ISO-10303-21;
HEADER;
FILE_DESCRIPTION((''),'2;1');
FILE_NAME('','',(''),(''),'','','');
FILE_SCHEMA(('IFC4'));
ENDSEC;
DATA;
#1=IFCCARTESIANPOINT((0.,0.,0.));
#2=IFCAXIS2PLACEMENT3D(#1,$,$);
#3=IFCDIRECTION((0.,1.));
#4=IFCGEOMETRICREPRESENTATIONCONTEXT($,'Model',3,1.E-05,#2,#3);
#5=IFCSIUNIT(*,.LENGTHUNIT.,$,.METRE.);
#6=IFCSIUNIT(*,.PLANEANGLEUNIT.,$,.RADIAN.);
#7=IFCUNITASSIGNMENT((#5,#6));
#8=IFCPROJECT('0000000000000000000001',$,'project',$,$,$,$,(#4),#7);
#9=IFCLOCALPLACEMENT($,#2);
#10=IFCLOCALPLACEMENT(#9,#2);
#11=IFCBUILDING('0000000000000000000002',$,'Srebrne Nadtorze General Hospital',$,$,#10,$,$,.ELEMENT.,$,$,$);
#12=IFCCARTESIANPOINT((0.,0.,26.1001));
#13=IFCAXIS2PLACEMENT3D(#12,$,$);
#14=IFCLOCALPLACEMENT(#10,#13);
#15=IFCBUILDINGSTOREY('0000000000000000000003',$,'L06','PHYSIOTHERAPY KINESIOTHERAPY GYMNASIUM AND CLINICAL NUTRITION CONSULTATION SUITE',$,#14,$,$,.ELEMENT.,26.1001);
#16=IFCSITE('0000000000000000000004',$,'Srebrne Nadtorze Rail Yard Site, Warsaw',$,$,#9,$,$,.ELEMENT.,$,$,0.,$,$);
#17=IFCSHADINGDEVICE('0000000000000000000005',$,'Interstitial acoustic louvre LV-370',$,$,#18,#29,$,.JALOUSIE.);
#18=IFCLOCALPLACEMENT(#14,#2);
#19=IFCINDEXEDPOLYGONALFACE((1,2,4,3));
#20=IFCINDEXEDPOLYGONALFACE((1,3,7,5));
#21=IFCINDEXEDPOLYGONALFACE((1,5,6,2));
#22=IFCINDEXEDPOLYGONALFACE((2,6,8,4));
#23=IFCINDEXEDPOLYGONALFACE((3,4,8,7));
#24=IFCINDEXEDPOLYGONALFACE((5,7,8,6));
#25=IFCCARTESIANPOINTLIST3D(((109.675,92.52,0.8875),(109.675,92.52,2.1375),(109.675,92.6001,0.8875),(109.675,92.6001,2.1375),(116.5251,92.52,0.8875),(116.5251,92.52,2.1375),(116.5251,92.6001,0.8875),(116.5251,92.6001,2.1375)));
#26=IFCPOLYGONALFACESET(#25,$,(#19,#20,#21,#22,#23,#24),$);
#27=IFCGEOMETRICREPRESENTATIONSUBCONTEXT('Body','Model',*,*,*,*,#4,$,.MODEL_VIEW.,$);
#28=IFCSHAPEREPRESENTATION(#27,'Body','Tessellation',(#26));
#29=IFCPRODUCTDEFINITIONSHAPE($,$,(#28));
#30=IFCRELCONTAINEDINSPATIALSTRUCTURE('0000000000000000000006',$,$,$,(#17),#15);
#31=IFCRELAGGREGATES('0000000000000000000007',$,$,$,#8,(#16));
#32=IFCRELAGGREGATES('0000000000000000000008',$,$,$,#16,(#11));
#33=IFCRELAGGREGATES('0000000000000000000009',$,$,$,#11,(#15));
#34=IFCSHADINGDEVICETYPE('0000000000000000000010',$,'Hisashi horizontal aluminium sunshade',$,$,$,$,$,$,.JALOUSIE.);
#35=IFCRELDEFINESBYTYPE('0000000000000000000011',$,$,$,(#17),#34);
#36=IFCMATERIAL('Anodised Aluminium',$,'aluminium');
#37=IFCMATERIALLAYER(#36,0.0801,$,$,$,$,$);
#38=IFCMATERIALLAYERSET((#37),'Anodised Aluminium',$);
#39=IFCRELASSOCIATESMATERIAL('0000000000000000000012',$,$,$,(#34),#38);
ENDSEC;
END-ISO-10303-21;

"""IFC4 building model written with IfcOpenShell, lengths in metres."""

from ifc_helpers import new_model, si_unit, direction, frame, origin, origin_2d, place, context, subcontext, project, spatial, rectangle, extrude, material, layer, layer_set, type_object, element, save


model = new_model("IFC4")

# Units and contexts
model_context = context("Model", 3, precision=1e-05, world=origin(), true_north=direction((0.0, 1.0)))
body_context = subcontext(model_context, "Body", "Model", "MODEL_VIEW")
ifc_project = project(units=[si_unit("LENGTHUNIT", "METRE"), si_unit("PLANEANGLEUNIT", "RADIAN")], contexts=[model_context])

# Site, building, storey
site_placement = place(None, origin())
site = spatial("IfcSite", under=ifc_project, at=site_placement, Name="Srebrne Nadtorze Rail Yard Site, Warsaw", CompositionType="ELEMENT", RefElevation=0.0)
building_placement = place(site_placement, origin())
building = spatial("IfcBuilding", under=site, at=building_placement, Name="Srebrne Nadtorze General Hospital", CompositionType="ELEMENT")
storey_placement = place(building_placement, frame((0.0, 0.0, 26.1001)))
storey = spatial("IfcBuildingStorey", under=building, at=storey_placement, Name="L06", Description="PHYSIOTHERAPY KINESIOTHERAPY GYMNASIUM AND CLINICAL NUTRITION CONSULTATION SUITE", CompositionType="ELEMENT", Elevation=26.1001)

# Shading device
ifc_material_1 = material(Name="Anodised Aluminium", Category="aluminium")
ifc_layer_1 = layer(ifc_material_1, 0.0801)
ifc_layer_set_1 = layer_set([ifc_layer_1], Name="Anodised Aluminium")
shading_device_type = type_object("IfcShadingDeviceType", Name="Hisashi horizontal aluminium sunshade", PredefinedType="JALOUSIE", material=ifc_layer_set_1)
shading_device_placement = place(storey_placement, frame((113.1001, 92.5601, 0.8875), z_axis=(0.0, 0.0, 1.0), x_axis=(1.0, 0.0, 0.0)))
element("IfcShadingDevice", 1, at=shading_device_placement, inside=storey, type_object=shading_device_type, Name="Interstitial acoustic louvre LV-370", PredefinedType="JALOUSIE", context=body_context, shape_type="SweptSolid", body=[
    extrude(rectangle(XDim=6.8501, YDim=0.0801, at=origin_2d()), origin(), (0.0, 0.0, 1.0), 1.25),
])

save(model, "model.ifc")
